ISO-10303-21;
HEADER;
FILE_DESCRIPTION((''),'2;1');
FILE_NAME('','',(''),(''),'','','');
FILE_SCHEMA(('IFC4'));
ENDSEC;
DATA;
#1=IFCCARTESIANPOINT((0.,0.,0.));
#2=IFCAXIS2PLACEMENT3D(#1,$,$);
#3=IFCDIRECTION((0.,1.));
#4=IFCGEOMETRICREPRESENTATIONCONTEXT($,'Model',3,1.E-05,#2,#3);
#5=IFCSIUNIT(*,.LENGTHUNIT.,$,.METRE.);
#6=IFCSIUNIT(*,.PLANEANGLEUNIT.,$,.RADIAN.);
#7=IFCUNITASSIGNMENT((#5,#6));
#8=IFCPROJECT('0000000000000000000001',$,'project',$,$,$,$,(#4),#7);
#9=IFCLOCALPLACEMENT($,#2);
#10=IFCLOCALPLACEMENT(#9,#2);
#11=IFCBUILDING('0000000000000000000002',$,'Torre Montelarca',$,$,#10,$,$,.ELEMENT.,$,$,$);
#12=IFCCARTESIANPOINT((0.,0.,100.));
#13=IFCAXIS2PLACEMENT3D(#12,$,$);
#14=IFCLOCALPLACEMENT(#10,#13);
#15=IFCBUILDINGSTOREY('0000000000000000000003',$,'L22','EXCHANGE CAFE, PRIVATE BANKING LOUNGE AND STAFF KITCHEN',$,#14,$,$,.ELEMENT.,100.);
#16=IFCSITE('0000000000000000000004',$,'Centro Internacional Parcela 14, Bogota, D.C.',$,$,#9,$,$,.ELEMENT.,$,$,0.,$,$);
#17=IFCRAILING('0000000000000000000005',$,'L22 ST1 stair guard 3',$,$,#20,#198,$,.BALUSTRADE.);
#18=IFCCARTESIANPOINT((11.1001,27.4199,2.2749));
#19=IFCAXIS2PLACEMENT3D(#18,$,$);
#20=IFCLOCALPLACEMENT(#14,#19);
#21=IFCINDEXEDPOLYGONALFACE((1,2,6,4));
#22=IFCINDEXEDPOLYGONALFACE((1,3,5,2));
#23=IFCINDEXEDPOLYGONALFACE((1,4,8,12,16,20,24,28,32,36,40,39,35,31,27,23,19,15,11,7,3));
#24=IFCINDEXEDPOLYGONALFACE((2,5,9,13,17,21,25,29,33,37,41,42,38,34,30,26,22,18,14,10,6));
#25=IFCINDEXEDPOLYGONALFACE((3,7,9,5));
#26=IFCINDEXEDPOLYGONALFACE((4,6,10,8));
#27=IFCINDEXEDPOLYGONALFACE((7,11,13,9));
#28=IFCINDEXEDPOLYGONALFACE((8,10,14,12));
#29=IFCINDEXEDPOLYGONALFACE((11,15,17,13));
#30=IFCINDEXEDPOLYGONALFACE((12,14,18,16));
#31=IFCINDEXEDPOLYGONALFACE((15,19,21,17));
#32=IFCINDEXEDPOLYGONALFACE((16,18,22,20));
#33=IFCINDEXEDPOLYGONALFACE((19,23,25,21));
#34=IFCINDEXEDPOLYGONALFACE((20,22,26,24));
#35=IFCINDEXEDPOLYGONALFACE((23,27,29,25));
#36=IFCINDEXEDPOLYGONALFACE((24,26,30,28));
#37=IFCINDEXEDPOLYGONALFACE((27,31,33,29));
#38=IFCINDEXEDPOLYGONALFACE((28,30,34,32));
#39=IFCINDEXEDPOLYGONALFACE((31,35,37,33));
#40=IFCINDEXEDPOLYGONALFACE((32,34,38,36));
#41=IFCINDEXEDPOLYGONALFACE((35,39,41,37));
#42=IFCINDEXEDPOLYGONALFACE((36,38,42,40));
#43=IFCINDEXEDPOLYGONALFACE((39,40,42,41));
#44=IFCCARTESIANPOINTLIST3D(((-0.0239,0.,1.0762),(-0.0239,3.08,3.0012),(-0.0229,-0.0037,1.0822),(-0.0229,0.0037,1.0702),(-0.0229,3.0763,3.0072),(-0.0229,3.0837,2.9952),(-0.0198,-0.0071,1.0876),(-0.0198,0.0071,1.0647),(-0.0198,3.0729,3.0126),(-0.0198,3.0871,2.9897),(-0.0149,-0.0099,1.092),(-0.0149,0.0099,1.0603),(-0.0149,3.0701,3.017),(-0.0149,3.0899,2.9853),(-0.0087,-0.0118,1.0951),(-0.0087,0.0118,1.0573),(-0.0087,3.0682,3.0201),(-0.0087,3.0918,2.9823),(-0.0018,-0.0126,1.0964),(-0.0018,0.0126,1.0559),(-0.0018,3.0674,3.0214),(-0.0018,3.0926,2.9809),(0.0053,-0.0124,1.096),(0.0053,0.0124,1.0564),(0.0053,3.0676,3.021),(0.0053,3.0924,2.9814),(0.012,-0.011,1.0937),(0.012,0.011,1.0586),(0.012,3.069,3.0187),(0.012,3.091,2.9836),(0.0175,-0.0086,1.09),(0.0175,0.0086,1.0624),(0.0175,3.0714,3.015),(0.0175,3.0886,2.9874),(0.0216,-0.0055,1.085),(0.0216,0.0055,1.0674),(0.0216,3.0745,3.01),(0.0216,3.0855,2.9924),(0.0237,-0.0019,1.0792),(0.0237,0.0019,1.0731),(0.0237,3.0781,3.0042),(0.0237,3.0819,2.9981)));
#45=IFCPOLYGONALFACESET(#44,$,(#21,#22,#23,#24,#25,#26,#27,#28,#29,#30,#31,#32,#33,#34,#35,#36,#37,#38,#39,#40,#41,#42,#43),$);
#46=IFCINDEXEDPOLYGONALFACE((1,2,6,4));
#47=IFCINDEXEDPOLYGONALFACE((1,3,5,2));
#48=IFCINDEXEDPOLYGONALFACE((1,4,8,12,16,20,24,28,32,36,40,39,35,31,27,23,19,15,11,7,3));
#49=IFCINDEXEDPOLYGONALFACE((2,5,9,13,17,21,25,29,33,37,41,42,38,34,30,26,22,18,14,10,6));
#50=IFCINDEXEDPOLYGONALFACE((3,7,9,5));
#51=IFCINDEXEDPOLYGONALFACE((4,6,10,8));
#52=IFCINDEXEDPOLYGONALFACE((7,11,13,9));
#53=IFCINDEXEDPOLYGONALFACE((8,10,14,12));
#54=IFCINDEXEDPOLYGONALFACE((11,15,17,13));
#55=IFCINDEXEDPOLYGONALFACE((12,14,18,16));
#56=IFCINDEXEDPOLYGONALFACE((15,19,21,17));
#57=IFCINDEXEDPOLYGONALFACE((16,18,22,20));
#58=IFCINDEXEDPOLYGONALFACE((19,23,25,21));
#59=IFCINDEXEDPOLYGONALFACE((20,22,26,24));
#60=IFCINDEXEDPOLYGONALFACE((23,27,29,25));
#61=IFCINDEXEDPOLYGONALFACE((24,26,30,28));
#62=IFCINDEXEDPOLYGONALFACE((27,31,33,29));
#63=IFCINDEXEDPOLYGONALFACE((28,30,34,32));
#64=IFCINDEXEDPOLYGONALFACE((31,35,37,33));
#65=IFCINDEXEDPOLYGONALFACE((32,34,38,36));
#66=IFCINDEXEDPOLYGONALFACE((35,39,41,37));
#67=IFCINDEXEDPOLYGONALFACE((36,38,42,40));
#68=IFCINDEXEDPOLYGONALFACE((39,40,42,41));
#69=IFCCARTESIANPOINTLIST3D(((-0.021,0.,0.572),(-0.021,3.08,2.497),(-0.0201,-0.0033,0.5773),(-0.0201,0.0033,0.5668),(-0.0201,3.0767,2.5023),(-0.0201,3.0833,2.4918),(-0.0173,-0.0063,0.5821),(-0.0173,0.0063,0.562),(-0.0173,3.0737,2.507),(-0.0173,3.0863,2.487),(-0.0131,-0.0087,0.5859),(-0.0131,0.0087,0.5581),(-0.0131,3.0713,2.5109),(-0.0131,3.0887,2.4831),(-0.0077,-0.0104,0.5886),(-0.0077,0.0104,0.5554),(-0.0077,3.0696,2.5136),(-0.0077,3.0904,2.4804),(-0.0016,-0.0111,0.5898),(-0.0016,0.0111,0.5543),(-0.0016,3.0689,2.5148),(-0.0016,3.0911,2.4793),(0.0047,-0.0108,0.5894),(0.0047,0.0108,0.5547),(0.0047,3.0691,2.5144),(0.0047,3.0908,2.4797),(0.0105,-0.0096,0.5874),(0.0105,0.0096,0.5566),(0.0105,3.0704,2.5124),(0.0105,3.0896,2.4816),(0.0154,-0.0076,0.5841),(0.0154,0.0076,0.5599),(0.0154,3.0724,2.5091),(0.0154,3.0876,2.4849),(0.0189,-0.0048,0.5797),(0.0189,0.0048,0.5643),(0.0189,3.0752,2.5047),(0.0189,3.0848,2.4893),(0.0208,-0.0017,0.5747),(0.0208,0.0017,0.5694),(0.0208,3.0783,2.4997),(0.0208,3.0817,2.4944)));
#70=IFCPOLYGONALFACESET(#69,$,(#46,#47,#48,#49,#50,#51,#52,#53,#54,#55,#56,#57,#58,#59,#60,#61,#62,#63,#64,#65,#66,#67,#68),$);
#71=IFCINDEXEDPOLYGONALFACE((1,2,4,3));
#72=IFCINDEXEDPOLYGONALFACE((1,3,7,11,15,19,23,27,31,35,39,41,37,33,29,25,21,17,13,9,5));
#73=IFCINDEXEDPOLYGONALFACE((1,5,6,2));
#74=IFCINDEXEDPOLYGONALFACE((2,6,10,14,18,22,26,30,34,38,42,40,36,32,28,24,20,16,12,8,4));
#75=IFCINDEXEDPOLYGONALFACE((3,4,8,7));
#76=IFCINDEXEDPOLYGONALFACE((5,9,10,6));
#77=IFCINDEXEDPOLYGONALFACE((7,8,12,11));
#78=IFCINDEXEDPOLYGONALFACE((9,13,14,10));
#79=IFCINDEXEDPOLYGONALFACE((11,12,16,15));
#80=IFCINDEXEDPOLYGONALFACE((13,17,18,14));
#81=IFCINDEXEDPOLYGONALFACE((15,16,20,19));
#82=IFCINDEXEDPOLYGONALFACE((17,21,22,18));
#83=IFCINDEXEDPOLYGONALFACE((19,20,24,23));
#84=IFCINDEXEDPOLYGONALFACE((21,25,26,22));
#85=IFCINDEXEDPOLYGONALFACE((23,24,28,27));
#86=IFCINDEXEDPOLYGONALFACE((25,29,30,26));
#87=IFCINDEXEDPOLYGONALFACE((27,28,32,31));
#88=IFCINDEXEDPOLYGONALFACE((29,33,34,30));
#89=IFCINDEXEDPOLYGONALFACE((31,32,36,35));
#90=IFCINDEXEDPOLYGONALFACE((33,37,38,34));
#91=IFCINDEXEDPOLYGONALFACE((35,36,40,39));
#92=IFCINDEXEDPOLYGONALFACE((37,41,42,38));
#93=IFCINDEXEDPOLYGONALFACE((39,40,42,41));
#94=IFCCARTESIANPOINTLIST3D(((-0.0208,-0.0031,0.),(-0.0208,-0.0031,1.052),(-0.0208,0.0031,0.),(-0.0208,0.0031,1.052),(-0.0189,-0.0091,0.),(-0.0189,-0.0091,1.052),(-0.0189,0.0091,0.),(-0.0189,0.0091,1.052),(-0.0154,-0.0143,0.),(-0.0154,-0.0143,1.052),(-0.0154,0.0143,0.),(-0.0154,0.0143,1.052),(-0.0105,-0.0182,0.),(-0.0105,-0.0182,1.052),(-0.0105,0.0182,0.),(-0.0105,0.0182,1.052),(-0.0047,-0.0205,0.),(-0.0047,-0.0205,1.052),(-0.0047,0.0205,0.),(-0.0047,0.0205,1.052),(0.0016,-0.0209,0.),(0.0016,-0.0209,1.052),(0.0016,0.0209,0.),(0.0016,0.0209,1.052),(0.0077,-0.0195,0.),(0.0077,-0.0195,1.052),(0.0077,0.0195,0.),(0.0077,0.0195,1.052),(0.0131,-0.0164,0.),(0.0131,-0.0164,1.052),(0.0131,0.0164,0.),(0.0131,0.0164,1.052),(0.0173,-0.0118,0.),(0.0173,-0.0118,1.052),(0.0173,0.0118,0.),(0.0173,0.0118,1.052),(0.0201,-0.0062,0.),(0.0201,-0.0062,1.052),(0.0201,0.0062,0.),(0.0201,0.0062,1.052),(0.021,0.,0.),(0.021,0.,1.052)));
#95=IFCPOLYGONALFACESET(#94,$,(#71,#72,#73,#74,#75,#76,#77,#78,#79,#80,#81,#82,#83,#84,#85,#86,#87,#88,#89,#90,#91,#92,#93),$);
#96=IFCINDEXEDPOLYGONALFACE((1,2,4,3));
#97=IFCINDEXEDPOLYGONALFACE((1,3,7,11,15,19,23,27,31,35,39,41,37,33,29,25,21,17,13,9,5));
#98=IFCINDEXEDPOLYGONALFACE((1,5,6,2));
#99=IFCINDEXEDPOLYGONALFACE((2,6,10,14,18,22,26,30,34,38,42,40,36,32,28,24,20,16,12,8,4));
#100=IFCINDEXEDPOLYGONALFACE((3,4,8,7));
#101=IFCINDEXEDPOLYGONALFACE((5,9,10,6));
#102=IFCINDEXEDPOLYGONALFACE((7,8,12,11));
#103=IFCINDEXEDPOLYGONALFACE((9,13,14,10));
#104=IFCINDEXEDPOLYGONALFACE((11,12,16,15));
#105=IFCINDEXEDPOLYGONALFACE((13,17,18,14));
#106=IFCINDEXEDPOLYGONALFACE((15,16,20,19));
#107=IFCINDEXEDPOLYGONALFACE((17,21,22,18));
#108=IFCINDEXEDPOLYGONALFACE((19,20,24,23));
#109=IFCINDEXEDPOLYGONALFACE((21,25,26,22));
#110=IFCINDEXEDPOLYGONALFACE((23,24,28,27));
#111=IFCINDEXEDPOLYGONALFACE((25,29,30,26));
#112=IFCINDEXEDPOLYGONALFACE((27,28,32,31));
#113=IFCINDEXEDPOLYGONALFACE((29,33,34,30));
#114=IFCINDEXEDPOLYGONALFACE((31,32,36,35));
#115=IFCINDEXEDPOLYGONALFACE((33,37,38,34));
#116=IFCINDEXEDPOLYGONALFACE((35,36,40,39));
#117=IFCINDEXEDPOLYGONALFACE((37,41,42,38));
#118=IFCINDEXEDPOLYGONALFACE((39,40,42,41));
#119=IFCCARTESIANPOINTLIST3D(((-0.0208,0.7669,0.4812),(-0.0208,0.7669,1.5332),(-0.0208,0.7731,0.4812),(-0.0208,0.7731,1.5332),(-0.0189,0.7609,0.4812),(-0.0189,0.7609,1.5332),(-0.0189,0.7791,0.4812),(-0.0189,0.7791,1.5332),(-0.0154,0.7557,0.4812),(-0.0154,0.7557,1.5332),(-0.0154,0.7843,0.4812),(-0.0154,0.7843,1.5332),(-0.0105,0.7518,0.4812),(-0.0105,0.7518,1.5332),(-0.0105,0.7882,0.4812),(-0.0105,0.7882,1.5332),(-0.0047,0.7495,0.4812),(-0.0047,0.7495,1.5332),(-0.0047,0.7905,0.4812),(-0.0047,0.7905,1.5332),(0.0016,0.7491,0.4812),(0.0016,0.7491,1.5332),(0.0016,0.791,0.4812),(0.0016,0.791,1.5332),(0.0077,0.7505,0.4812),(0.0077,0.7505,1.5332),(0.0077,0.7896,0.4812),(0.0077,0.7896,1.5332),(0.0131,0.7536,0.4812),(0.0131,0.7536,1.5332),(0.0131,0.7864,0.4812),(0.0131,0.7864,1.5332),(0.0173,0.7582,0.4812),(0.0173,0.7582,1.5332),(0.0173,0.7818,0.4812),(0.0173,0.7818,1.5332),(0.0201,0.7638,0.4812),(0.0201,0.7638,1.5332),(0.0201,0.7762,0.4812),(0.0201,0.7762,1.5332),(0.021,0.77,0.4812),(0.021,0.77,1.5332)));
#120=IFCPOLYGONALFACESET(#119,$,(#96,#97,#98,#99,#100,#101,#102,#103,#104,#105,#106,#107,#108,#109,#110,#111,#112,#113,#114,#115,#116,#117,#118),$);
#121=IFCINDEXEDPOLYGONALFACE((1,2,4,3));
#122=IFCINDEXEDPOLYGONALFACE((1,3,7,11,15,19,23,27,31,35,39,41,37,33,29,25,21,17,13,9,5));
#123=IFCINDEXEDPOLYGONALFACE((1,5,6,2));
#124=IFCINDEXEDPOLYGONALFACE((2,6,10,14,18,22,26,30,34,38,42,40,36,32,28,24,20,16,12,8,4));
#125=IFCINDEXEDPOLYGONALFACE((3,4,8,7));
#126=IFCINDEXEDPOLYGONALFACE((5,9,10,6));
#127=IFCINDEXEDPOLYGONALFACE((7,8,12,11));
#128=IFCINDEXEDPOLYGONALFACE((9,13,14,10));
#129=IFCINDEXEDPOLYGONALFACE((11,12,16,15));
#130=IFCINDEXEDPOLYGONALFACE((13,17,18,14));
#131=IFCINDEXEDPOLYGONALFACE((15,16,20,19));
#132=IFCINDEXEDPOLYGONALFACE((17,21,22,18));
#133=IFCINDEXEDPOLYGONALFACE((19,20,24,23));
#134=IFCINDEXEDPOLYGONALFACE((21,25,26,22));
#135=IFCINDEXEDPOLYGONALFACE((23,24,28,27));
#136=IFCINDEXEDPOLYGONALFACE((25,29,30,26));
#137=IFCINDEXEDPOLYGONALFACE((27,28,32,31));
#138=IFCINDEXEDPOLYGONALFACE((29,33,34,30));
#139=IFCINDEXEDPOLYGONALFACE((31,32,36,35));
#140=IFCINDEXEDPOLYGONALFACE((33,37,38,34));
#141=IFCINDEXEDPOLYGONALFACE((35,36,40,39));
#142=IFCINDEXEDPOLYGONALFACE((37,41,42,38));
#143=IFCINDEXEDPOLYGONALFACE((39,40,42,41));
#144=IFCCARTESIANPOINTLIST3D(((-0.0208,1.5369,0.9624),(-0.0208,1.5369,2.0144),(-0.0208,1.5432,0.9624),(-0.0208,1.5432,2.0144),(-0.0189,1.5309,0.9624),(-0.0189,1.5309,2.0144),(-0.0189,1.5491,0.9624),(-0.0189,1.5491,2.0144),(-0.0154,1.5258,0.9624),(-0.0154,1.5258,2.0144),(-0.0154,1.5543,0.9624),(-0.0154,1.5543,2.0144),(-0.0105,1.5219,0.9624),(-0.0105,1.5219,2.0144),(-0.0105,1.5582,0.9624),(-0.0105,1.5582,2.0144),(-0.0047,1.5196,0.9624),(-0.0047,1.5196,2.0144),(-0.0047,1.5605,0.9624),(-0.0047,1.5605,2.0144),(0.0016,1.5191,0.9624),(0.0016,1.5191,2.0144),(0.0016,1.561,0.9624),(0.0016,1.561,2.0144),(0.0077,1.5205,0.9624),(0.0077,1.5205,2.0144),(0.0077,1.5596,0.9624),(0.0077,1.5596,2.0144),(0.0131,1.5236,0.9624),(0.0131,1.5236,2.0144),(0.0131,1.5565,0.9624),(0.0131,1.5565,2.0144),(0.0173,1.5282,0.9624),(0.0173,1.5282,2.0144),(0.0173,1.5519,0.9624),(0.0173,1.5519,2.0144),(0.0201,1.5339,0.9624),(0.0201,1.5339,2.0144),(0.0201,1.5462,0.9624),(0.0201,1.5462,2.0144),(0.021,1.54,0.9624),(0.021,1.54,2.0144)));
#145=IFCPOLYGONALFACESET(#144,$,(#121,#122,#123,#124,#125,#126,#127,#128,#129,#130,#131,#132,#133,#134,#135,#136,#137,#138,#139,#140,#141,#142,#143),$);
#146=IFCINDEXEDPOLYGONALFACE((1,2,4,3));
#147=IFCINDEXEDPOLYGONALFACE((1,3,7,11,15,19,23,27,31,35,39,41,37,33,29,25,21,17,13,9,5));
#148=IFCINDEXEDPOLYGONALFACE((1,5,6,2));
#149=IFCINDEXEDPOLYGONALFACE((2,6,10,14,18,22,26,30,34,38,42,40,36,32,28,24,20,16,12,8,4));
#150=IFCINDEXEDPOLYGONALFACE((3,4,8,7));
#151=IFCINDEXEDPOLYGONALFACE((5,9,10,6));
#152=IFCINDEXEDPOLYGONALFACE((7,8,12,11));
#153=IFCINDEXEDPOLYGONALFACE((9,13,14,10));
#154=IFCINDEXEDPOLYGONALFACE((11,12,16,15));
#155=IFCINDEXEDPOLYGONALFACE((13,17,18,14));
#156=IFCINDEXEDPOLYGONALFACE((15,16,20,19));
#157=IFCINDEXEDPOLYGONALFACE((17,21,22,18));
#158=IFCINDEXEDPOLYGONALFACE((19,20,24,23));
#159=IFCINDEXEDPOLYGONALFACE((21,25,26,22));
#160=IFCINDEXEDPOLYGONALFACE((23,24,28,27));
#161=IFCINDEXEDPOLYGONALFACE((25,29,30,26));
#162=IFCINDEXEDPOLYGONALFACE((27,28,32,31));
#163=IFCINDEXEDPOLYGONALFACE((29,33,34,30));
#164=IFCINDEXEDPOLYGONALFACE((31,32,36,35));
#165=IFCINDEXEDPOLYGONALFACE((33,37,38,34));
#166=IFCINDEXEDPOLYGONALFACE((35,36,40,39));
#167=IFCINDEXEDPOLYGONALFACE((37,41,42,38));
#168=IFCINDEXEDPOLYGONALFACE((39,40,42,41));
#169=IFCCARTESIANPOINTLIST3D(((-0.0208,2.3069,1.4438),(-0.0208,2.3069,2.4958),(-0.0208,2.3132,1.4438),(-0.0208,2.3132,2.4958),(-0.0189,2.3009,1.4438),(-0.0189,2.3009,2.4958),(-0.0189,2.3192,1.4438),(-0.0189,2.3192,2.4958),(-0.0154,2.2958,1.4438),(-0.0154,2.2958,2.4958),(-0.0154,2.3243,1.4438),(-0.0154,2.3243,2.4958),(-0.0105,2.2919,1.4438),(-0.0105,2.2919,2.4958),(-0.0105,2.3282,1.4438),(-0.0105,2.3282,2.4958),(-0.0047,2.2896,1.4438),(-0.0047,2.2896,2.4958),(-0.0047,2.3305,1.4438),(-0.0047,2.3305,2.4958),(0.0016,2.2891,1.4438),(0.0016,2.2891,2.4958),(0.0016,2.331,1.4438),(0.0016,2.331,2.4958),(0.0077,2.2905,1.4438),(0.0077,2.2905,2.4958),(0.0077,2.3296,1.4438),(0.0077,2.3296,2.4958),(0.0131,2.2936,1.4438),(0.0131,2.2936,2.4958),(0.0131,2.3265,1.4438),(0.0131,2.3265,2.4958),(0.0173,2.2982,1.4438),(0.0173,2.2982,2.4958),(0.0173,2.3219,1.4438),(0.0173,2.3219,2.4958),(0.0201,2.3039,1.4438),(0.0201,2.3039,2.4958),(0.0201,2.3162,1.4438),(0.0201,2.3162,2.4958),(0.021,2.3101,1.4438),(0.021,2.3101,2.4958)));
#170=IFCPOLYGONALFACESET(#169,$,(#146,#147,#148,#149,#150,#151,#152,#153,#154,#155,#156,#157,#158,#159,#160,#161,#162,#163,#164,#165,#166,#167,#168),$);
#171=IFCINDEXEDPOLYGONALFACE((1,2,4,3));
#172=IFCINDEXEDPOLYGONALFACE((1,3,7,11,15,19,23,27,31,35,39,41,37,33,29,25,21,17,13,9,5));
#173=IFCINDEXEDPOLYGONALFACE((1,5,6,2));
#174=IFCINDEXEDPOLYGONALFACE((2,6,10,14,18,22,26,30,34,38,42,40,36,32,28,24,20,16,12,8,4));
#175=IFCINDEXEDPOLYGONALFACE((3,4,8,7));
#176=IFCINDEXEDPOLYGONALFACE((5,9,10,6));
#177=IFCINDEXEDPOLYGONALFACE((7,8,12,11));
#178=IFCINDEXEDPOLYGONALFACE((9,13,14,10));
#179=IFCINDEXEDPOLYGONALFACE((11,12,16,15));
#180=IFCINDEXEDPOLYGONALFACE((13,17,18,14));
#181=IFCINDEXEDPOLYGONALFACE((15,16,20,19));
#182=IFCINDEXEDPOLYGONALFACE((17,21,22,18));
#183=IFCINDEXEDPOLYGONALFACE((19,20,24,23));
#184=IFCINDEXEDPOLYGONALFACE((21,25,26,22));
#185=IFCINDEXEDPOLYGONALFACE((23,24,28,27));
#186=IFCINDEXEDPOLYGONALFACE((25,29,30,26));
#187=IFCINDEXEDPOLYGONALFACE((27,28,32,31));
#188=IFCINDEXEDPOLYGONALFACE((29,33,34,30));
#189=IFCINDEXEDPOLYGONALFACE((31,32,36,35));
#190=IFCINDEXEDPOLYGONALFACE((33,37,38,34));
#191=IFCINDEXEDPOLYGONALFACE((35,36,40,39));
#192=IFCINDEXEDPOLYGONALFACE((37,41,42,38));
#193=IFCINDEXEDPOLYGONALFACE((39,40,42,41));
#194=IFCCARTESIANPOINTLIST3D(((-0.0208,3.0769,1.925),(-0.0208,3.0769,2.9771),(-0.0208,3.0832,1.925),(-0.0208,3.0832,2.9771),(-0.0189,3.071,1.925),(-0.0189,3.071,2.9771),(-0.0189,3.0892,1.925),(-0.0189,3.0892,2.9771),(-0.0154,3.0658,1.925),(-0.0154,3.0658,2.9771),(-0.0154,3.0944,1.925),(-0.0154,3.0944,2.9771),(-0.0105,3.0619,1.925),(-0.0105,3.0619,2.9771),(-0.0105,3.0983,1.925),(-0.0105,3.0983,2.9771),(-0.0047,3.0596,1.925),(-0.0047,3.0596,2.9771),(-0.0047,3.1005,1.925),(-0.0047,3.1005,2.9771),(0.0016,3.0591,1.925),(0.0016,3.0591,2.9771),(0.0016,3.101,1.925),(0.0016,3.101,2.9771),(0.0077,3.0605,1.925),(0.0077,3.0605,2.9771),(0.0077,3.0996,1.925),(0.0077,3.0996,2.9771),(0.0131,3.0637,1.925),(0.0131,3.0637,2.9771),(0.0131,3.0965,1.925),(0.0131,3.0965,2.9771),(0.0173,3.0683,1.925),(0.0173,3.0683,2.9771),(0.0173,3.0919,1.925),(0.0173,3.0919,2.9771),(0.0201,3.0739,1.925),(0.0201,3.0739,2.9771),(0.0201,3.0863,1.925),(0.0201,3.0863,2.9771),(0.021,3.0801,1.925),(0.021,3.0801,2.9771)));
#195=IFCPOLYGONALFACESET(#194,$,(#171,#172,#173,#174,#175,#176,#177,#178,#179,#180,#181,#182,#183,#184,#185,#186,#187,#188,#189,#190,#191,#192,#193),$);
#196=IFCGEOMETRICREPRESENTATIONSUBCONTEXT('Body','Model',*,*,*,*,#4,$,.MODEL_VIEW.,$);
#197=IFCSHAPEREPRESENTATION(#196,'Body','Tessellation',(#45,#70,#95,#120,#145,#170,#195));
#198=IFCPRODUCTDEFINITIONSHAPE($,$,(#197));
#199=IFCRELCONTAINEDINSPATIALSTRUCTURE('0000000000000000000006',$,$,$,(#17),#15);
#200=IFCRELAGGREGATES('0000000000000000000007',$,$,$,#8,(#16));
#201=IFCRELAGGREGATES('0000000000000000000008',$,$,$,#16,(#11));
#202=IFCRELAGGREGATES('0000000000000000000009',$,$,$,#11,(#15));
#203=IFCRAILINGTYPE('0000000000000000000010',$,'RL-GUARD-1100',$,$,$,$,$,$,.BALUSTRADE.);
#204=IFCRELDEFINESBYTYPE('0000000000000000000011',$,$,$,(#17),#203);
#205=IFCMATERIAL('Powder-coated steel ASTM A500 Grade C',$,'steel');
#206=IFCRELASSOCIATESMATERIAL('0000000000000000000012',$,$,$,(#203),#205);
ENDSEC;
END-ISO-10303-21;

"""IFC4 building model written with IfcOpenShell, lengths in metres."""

from ifc_helpers import new_model, si_unit, direction, frame, origin, origin_2d, place, context, subcontext, project, spatial, circle, extrude, material, type_object, element, save


model = new_model("IFC4")

# Units and contexts
model_context = context("Model", 3, precision=1e-05, world=origin(), true_north=direction((0.0, 1.0)))
body_context = subcontext(model_context, "Body", "Model", "MODEL_VIEW")
ifc_project = project(units=[si_unit("LENGTHUNIT", "METRE"), si_unit("PLANEANGLEUNIT", "RADIAN")], contexts=[model_context])

# Site, building, storey
site_placement = place(None, origin())
site = spatial("IfcSite", under=ifc_project, at=site_placement, Name="Centro Internacional Parcela 14, Bogota, D.C.", CompositionType="ELEMENT", RefElevation=0.0)
building_placement = place(site_placement, origin())
building = spatial("IfcBuilding", under=site, at=building_placement, Name="Torre Montelarca", CompositionType="ELEMENT")
storey_placement = place(building_placement, frame((0.0, 0.0, 100.0)))
storey = spatial("IfcBuildingStorey", under=building, at=storey_placement, Name="L22", Description="EXCHANGE CAFE, PRIVATE BANKING LOUNGE AND STAFF KITCHEN", CompositionType="ELEMENT", Elevation=100.0)

# Railing
ifc_material_1 = material(Name="Powder-coated steel ASTM A500 Grade C", Category="steel")
railing_type_1 = type_object("IfcRailingType", Name="RL-GUARD-1100", PredefinedType="BALUSTRADE", material=ifc_material_1)
railing_1_placement = place(storey_placement, frame((11.1001, 27.4199, 2.2749)))
element("IfcRailing", 1, at=railing_1_placement, inside=storey, type_object=railing_type_1, Name="L22 ST1 stair guard 3", PredefinedType="BALUSTRADE", context=body_context, shape_type="SweptSolid", body=[
    extrude(circle(Radius=0.0239, at=origin_2d()), frame((0.0, 0.0, 1.0762), z_axis=(0.0, 0.847998, 0.529999), x_axis=(-1.0, 0.0, 0.0)), (0.0, 0.0, 1.0), 3.6321),
    extrude(circle(Radius=0.021, at=origin_2d()), frame((0.0, 0.0, 0.572), z_axis=(0.0, 0.847998, 0.529999), x_axis=(-1.0, 0.0, 0.0)), (0.0, 0.0, 1.0), 3.6321),
    extrude(circle(Radius=0.021, at=origin_2d()), origin(), (0.0, 0.0, 1.0), 1.052),
    extrude(circle(Radius=0.021, at=origin_2d()), frame((0.0, 0.77, 0.4812)), (0.0, 0.0, 1.0), 1.052),
    extrude(circle(Radius=0.021, at=origin_2d()), frame((0.0, 1.54, 0.9624)), (0.0, 0.0, 1.0), 1.052),
    extrude(circle(Radius=0.021, at=origin_2d()), frame((0.0, 2.3101, 1.4438)), (0.0, 0.0, 1.0), 1.052),
    extrude(circle(Radius=0.021, at=origin_2d()), frame((0.0, 3.0801, 1.925)), (0.0, 0.0, 1.0), 1.052),
])

save(model, "model.ifc")
